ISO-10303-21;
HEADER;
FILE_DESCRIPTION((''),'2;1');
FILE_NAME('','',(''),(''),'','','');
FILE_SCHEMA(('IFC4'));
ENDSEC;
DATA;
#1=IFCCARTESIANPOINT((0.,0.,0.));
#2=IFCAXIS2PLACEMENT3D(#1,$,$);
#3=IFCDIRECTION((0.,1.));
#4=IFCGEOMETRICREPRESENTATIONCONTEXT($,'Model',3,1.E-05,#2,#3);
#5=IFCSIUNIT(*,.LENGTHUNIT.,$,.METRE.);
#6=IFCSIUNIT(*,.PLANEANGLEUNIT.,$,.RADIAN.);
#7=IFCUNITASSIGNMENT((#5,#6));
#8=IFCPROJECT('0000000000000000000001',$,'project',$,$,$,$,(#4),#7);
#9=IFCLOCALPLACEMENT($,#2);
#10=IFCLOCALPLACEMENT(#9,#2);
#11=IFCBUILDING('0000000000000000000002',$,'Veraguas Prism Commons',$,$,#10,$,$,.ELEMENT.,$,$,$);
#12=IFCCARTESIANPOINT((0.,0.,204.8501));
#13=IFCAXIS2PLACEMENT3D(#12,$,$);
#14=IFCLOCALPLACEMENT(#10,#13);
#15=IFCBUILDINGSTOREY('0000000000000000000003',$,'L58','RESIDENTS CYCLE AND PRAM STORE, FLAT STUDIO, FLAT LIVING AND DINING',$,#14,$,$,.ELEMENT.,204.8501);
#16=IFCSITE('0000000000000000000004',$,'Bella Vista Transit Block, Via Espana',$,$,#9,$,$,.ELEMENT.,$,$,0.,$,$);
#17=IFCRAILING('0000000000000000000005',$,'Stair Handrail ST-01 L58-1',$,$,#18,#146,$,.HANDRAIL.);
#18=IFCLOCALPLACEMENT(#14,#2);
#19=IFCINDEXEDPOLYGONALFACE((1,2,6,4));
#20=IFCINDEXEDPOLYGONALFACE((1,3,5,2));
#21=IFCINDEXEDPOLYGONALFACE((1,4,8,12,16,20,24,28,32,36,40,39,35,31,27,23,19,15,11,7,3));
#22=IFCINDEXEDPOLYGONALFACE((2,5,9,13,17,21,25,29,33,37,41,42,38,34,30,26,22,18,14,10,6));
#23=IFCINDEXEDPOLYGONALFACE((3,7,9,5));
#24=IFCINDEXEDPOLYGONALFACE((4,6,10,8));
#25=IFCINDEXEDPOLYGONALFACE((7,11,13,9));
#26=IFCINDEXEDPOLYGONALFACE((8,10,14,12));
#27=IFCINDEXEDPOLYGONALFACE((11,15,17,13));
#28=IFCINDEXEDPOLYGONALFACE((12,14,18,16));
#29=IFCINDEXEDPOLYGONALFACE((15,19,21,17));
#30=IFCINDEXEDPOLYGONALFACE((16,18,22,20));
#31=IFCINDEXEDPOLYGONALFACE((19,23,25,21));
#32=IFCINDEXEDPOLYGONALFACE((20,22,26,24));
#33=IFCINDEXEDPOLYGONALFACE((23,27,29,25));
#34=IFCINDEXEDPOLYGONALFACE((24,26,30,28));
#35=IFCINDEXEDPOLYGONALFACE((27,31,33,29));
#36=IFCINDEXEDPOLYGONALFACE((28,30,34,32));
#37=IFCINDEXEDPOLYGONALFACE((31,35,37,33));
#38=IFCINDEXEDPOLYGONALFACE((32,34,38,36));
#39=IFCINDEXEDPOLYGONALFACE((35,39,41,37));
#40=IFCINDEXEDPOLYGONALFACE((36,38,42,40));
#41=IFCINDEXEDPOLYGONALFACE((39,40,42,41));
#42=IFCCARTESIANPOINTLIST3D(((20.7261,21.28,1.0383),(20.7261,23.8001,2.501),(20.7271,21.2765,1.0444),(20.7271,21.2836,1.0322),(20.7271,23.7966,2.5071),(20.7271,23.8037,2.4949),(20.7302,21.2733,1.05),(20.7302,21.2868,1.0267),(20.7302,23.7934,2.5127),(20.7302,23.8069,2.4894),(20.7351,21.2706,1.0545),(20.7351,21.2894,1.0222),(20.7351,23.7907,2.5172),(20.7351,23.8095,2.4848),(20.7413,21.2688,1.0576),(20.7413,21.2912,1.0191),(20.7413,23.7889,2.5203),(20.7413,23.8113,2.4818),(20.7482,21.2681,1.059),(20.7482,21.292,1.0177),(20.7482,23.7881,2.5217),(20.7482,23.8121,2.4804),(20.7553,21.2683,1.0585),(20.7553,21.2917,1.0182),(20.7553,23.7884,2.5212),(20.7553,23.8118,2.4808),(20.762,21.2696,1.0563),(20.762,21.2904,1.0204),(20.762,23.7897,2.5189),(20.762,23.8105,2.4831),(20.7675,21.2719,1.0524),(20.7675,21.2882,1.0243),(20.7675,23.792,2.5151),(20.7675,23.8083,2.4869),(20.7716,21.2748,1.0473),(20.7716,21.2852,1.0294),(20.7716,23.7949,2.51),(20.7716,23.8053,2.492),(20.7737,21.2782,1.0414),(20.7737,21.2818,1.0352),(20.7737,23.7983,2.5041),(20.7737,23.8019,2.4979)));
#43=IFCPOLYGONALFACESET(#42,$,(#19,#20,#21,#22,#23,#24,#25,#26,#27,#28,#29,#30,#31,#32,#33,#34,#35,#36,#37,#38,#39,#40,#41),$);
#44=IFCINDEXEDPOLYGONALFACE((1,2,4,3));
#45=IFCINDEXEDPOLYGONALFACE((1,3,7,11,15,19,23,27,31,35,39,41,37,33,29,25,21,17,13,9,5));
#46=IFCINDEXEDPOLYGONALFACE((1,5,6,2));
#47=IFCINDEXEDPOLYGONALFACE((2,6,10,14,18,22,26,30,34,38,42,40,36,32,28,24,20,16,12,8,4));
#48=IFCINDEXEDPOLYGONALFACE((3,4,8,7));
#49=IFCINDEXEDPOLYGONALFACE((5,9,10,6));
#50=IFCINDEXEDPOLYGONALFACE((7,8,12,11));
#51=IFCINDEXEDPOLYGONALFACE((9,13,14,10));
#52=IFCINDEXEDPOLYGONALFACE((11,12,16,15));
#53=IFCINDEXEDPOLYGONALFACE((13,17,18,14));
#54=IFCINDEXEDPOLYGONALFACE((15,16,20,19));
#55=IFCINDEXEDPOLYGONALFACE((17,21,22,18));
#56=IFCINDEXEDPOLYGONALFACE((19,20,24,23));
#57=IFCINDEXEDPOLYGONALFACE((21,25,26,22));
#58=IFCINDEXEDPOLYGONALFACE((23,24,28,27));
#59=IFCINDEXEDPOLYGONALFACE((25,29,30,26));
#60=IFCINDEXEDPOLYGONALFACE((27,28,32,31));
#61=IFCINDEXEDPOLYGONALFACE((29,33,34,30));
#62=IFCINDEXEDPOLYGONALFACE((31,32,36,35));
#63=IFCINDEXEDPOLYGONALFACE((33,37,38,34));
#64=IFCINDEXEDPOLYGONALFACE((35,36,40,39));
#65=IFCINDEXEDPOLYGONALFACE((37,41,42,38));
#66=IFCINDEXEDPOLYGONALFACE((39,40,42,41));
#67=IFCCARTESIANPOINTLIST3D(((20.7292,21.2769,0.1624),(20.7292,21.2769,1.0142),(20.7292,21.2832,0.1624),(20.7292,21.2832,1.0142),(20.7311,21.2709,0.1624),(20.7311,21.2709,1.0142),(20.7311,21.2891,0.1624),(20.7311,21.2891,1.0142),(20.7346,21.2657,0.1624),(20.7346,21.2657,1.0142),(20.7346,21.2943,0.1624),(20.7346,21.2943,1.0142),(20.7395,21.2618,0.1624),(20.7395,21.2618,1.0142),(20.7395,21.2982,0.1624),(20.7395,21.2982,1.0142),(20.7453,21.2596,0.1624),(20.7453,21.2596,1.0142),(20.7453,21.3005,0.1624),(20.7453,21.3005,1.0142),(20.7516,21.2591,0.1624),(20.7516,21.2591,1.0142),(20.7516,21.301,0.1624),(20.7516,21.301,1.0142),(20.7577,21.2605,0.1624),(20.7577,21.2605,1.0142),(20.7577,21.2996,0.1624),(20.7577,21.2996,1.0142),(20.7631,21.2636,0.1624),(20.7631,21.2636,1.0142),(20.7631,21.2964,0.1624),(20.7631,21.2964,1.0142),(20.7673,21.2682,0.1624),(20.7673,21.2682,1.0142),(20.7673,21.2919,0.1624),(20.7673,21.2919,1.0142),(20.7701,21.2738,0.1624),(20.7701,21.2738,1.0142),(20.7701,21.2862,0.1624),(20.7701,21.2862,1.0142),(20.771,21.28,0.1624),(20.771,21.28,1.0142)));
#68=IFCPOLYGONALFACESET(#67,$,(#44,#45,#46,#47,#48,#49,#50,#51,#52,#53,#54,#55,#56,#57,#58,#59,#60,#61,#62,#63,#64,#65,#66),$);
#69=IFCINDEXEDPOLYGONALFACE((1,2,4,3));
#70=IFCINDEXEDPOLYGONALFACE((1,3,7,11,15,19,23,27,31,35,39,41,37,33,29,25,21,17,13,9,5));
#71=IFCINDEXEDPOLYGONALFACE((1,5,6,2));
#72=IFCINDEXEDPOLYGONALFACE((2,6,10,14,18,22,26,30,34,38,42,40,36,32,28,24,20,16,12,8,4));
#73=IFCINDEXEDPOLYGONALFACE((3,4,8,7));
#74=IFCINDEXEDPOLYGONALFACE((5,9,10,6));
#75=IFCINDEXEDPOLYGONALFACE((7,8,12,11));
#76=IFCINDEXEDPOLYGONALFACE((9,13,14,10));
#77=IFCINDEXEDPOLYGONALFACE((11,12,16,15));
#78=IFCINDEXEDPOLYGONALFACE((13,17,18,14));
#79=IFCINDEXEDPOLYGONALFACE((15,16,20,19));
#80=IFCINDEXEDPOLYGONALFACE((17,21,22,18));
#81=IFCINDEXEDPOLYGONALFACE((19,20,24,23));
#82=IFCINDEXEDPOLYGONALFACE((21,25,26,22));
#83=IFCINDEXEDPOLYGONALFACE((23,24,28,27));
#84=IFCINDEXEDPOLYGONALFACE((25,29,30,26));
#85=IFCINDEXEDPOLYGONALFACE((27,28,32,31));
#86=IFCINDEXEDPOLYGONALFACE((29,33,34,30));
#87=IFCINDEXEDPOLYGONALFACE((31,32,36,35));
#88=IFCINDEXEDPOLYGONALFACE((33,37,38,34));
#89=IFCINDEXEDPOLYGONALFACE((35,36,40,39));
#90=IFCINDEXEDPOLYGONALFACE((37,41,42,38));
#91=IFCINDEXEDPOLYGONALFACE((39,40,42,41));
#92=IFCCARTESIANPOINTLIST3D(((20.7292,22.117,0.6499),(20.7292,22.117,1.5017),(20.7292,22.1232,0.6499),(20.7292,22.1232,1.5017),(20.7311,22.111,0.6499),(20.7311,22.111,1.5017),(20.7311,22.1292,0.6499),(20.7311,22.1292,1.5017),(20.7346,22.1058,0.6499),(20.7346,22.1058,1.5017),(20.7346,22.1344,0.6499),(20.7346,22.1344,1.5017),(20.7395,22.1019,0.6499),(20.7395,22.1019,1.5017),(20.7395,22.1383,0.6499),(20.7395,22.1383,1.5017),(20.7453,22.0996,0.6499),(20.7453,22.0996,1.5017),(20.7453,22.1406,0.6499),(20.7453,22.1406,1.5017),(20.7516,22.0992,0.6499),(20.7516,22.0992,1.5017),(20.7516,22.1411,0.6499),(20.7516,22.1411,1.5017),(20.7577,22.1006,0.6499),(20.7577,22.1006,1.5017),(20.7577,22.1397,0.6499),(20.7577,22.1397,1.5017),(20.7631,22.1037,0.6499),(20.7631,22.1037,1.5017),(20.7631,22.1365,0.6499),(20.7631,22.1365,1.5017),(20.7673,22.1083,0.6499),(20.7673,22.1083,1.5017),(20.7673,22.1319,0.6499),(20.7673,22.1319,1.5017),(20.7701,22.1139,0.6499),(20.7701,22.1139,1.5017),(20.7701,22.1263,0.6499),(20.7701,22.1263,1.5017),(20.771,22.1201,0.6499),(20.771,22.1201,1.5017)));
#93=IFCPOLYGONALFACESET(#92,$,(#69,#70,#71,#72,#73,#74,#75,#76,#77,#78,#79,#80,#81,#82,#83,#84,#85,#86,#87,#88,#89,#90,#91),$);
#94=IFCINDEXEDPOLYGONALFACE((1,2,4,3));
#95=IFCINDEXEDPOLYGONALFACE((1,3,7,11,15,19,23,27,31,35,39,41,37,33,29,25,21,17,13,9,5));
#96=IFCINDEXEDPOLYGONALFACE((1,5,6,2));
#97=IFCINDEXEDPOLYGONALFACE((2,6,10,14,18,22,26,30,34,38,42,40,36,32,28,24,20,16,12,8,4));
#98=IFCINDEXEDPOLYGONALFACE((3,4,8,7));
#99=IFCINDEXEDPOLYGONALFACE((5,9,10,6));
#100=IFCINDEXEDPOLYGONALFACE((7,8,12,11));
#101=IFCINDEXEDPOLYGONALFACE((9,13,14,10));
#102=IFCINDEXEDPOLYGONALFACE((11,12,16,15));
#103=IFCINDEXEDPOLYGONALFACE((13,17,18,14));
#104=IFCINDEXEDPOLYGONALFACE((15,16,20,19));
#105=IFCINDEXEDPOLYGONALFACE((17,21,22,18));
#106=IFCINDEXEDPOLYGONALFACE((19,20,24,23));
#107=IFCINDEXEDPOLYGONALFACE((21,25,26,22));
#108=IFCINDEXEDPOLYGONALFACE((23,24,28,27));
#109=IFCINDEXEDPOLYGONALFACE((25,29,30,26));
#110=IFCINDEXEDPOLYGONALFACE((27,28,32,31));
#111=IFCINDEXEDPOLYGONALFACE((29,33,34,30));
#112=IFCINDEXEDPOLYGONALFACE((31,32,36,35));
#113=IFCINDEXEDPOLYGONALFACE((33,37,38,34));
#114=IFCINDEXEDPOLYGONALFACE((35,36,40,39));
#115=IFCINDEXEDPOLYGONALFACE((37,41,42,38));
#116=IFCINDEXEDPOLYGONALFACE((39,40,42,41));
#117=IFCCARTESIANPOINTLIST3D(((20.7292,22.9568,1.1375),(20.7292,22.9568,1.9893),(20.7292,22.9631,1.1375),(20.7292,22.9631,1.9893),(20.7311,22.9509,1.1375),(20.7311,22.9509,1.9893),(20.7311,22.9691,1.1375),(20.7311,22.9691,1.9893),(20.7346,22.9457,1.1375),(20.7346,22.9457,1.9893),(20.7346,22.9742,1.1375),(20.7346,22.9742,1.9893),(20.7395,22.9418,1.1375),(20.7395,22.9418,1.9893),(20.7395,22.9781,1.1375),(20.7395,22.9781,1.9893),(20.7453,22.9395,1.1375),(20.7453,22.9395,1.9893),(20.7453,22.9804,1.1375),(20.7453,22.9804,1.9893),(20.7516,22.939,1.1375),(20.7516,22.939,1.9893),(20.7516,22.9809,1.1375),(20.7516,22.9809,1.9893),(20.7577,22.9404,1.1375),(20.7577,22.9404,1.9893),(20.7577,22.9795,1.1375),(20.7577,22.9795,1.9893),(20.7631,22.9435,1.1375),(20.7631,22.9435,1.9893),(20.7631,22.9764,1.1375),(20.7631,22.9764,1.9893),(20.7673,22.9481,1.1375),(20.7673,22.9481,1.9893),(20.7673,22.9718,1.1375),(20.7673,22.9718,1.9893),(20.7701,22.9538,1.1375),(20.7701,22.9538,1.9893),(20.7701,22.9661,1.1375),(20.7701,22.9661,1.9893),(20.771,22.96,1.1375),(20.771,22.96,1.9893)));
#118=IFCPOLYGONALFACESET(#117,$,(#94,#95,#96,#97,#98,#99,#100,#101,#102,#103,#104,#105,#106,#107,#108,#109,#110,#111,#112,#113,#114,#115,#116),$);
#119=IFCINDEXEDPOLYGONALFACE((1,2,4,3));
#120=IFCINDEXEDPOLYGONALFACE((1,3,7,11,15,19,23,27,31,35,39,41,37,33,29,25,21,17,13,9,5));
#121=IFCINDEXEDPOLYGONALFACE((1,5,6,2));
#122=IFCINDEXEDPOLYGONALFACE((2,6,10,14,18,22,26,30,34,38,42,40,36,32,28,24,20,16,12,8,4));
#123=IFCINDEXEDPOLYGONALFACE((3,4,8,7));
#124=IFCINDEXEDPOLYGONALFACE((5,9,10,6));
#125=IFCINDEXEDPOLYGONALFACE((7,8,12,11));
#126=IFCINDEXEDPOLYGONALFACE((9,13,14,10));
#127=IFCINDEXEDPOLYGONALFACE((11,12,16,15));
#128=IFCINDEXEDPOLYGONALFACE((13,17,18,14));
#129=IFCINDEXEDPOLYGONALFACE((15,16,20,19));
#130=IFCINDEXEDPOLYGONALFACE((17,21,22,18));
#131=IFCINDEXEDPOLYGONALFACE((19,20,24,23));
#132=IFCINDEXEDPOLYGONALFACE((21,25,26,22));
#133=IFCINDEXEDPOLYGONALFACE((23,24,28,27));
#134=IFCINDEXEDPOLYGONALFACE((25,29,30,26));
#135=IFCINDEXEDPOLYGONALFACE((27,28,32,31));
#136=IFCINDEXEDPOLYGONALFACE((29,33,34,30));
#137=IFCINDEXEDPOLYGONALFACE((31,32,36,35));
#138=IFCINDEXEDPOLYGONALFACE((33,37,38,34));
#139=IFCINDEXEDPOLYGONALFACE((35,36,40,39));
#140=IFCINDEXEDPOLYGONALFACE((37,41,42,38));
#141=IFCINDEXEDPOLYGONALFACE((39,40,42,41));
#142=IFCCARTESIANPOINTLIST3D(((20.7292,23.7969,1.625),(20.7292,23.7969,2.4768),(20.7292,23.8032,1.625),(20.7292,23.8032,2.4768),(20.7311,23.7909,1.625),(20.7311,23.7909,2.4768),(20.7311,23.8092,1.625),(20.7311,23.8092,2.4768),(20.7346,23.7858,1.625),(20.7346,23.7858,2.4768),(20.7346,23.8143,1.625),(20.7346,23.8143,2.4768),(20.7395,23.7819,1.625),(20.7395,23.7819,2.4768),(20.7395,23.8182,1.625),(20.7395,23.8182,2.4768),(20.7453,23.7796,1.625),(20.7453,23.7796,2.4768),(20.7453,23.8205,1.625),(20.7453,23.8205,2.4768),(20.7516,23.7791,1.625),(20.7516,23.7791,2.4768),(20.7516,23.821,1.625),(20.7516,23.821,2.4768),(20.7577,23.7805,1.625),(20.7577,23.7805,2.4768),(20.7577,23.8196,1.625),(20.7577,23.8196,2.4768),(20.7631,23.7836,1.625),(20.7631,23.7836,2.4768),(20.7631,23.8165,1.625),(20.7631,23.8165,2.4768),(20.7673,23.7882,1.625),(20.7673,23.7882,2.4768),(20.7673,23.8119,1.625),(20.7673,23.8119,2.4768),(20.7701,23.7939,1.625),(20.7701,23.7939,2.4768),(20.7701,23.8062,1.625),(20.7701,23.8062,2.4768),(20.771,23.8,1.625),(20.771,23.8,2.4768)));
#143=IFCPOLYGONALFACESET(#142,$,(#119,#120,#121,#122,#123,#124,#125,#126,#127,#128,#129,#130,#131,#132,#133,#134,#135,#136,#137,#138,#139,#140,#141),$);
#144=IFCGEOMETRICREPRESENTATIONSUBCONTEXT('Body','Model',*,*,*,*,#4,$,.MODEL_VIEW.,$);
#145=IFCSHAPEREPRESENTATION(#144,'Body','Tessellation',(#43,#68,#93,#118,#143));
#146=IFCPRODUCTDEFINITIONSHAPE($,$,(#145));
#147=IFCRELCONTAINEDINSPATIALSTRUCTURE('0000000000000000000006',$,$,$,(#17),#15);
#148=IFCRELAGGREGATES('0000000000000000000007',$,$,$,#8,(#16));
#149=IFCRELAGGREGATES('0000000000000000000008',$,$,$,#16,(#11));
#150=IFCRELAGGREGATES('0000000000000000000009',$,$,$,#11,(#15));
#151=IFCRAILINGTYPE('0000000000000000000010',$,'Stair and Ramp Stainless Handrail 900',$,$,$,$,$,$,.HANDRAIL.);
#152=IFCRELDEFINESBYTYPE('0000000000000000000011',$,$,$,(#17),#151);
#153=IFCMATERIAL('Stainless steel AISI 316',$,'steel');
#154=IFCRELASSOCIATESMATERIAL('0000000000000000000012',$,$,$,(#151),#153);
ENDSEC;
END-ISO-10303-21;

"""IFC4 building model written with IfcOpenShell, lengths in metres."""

from ifc_helpers import new_model, si_unit, direction, frame, origin, origin_2d, place, context, subcontext, project, spatial, circle, extrude, material, type_object, element, save


model = new_model("IFC4")

# Units and contexts
model_context = context("Model", 3, precision=1e-05, world=origin(), true_north=direction((0.0, 1.0)))
body_context = subcontext(model_context, "Body", "Model", "MODEL_VIEW")
ifc_project = project(units=[si_unit("LENGTHUNIT", "METRE"), si_unit("PLANEANGLEUNIT", "RADIAN")], contexts=[model_context])

# Site, building, storey
site_placement = place(None, origin())
site = spatial("IfcSite", under=ifc_project, at=site_placement, Name="Bella Vista Transit Block, Via Espana", CompositionType="ELEMENT", RefElevation=0.0)
building_placement = place(site_placement, origin())
building = spatial("IfcBuilding", under=site, at=building_placement, Name="Veraguas Prism Commons", CompositionType="ELEMENT")
storey_placement = place(building_placement, frame((0.0, 0.0, 204.8501)))
storey = spatial("IfcBuildingStorey", under=building, at=storey_placement, Name="L58", Description="RESIDENTS CYCLE AND PRAM STORE, FLAT STUDIO, FLAT LIVING AND DINING", CompositionType="ELEMENT", Elevation=204.8501)

# Railing
ifc_material_1 = material(Name="Stainless steel AISI 316", Category="steel")
railing_type_1 = type_object("IfcRailingType", Name="Stair and Ramp Stainless Handrail 900", PredefinedType="HANDRAIL", material=ifc_material_1)
railing_1_placement = place(storey_placement, frame((20.75, 21.28, 0.1624)))
element("IfcRailing", 1, at=railing_1_placement, inside=storey, type_object=railing_type_1, Name="Stair Handrail ST-01 L58-1", PredefinedType="HANDRAIL", context=body_context, shape_type="SweptSolid", body=[
    extrude(circle(Radius=0.0239, at=origin_2d()), frame((0.0, 0.0, 0.876), z_axis=(0.0, 0.864877, 0.501984), x_axis=(-1.0, 0.0, 0.0)), (0.0, 0.0, 1.0), 2.9138),
    extrude(circle(Radius=0.021, at=origin_2d()), origin(), (0.0, 0.0, 1.0), 0.8518),
    extrude(circle(Radius=0.021, at=origin_2d()), frame((0.0, 0.8401, 0.4875)), (0.0, 0.0, 1.0), 0.8518),
    extrude(circle(Radius=0.021, at=origin_2d()), frame((0.0, 1.6799, 0.9751)), (0.0, 0.0, 1.0), 0.8518),
    extrude(circle(Radius=0.021, at=origin_2d()), frame((0.0, 2.52, 1.4626)), (0.0, 0.0, 1.0), 0.8518),
])

save(model, "model.ifc")
